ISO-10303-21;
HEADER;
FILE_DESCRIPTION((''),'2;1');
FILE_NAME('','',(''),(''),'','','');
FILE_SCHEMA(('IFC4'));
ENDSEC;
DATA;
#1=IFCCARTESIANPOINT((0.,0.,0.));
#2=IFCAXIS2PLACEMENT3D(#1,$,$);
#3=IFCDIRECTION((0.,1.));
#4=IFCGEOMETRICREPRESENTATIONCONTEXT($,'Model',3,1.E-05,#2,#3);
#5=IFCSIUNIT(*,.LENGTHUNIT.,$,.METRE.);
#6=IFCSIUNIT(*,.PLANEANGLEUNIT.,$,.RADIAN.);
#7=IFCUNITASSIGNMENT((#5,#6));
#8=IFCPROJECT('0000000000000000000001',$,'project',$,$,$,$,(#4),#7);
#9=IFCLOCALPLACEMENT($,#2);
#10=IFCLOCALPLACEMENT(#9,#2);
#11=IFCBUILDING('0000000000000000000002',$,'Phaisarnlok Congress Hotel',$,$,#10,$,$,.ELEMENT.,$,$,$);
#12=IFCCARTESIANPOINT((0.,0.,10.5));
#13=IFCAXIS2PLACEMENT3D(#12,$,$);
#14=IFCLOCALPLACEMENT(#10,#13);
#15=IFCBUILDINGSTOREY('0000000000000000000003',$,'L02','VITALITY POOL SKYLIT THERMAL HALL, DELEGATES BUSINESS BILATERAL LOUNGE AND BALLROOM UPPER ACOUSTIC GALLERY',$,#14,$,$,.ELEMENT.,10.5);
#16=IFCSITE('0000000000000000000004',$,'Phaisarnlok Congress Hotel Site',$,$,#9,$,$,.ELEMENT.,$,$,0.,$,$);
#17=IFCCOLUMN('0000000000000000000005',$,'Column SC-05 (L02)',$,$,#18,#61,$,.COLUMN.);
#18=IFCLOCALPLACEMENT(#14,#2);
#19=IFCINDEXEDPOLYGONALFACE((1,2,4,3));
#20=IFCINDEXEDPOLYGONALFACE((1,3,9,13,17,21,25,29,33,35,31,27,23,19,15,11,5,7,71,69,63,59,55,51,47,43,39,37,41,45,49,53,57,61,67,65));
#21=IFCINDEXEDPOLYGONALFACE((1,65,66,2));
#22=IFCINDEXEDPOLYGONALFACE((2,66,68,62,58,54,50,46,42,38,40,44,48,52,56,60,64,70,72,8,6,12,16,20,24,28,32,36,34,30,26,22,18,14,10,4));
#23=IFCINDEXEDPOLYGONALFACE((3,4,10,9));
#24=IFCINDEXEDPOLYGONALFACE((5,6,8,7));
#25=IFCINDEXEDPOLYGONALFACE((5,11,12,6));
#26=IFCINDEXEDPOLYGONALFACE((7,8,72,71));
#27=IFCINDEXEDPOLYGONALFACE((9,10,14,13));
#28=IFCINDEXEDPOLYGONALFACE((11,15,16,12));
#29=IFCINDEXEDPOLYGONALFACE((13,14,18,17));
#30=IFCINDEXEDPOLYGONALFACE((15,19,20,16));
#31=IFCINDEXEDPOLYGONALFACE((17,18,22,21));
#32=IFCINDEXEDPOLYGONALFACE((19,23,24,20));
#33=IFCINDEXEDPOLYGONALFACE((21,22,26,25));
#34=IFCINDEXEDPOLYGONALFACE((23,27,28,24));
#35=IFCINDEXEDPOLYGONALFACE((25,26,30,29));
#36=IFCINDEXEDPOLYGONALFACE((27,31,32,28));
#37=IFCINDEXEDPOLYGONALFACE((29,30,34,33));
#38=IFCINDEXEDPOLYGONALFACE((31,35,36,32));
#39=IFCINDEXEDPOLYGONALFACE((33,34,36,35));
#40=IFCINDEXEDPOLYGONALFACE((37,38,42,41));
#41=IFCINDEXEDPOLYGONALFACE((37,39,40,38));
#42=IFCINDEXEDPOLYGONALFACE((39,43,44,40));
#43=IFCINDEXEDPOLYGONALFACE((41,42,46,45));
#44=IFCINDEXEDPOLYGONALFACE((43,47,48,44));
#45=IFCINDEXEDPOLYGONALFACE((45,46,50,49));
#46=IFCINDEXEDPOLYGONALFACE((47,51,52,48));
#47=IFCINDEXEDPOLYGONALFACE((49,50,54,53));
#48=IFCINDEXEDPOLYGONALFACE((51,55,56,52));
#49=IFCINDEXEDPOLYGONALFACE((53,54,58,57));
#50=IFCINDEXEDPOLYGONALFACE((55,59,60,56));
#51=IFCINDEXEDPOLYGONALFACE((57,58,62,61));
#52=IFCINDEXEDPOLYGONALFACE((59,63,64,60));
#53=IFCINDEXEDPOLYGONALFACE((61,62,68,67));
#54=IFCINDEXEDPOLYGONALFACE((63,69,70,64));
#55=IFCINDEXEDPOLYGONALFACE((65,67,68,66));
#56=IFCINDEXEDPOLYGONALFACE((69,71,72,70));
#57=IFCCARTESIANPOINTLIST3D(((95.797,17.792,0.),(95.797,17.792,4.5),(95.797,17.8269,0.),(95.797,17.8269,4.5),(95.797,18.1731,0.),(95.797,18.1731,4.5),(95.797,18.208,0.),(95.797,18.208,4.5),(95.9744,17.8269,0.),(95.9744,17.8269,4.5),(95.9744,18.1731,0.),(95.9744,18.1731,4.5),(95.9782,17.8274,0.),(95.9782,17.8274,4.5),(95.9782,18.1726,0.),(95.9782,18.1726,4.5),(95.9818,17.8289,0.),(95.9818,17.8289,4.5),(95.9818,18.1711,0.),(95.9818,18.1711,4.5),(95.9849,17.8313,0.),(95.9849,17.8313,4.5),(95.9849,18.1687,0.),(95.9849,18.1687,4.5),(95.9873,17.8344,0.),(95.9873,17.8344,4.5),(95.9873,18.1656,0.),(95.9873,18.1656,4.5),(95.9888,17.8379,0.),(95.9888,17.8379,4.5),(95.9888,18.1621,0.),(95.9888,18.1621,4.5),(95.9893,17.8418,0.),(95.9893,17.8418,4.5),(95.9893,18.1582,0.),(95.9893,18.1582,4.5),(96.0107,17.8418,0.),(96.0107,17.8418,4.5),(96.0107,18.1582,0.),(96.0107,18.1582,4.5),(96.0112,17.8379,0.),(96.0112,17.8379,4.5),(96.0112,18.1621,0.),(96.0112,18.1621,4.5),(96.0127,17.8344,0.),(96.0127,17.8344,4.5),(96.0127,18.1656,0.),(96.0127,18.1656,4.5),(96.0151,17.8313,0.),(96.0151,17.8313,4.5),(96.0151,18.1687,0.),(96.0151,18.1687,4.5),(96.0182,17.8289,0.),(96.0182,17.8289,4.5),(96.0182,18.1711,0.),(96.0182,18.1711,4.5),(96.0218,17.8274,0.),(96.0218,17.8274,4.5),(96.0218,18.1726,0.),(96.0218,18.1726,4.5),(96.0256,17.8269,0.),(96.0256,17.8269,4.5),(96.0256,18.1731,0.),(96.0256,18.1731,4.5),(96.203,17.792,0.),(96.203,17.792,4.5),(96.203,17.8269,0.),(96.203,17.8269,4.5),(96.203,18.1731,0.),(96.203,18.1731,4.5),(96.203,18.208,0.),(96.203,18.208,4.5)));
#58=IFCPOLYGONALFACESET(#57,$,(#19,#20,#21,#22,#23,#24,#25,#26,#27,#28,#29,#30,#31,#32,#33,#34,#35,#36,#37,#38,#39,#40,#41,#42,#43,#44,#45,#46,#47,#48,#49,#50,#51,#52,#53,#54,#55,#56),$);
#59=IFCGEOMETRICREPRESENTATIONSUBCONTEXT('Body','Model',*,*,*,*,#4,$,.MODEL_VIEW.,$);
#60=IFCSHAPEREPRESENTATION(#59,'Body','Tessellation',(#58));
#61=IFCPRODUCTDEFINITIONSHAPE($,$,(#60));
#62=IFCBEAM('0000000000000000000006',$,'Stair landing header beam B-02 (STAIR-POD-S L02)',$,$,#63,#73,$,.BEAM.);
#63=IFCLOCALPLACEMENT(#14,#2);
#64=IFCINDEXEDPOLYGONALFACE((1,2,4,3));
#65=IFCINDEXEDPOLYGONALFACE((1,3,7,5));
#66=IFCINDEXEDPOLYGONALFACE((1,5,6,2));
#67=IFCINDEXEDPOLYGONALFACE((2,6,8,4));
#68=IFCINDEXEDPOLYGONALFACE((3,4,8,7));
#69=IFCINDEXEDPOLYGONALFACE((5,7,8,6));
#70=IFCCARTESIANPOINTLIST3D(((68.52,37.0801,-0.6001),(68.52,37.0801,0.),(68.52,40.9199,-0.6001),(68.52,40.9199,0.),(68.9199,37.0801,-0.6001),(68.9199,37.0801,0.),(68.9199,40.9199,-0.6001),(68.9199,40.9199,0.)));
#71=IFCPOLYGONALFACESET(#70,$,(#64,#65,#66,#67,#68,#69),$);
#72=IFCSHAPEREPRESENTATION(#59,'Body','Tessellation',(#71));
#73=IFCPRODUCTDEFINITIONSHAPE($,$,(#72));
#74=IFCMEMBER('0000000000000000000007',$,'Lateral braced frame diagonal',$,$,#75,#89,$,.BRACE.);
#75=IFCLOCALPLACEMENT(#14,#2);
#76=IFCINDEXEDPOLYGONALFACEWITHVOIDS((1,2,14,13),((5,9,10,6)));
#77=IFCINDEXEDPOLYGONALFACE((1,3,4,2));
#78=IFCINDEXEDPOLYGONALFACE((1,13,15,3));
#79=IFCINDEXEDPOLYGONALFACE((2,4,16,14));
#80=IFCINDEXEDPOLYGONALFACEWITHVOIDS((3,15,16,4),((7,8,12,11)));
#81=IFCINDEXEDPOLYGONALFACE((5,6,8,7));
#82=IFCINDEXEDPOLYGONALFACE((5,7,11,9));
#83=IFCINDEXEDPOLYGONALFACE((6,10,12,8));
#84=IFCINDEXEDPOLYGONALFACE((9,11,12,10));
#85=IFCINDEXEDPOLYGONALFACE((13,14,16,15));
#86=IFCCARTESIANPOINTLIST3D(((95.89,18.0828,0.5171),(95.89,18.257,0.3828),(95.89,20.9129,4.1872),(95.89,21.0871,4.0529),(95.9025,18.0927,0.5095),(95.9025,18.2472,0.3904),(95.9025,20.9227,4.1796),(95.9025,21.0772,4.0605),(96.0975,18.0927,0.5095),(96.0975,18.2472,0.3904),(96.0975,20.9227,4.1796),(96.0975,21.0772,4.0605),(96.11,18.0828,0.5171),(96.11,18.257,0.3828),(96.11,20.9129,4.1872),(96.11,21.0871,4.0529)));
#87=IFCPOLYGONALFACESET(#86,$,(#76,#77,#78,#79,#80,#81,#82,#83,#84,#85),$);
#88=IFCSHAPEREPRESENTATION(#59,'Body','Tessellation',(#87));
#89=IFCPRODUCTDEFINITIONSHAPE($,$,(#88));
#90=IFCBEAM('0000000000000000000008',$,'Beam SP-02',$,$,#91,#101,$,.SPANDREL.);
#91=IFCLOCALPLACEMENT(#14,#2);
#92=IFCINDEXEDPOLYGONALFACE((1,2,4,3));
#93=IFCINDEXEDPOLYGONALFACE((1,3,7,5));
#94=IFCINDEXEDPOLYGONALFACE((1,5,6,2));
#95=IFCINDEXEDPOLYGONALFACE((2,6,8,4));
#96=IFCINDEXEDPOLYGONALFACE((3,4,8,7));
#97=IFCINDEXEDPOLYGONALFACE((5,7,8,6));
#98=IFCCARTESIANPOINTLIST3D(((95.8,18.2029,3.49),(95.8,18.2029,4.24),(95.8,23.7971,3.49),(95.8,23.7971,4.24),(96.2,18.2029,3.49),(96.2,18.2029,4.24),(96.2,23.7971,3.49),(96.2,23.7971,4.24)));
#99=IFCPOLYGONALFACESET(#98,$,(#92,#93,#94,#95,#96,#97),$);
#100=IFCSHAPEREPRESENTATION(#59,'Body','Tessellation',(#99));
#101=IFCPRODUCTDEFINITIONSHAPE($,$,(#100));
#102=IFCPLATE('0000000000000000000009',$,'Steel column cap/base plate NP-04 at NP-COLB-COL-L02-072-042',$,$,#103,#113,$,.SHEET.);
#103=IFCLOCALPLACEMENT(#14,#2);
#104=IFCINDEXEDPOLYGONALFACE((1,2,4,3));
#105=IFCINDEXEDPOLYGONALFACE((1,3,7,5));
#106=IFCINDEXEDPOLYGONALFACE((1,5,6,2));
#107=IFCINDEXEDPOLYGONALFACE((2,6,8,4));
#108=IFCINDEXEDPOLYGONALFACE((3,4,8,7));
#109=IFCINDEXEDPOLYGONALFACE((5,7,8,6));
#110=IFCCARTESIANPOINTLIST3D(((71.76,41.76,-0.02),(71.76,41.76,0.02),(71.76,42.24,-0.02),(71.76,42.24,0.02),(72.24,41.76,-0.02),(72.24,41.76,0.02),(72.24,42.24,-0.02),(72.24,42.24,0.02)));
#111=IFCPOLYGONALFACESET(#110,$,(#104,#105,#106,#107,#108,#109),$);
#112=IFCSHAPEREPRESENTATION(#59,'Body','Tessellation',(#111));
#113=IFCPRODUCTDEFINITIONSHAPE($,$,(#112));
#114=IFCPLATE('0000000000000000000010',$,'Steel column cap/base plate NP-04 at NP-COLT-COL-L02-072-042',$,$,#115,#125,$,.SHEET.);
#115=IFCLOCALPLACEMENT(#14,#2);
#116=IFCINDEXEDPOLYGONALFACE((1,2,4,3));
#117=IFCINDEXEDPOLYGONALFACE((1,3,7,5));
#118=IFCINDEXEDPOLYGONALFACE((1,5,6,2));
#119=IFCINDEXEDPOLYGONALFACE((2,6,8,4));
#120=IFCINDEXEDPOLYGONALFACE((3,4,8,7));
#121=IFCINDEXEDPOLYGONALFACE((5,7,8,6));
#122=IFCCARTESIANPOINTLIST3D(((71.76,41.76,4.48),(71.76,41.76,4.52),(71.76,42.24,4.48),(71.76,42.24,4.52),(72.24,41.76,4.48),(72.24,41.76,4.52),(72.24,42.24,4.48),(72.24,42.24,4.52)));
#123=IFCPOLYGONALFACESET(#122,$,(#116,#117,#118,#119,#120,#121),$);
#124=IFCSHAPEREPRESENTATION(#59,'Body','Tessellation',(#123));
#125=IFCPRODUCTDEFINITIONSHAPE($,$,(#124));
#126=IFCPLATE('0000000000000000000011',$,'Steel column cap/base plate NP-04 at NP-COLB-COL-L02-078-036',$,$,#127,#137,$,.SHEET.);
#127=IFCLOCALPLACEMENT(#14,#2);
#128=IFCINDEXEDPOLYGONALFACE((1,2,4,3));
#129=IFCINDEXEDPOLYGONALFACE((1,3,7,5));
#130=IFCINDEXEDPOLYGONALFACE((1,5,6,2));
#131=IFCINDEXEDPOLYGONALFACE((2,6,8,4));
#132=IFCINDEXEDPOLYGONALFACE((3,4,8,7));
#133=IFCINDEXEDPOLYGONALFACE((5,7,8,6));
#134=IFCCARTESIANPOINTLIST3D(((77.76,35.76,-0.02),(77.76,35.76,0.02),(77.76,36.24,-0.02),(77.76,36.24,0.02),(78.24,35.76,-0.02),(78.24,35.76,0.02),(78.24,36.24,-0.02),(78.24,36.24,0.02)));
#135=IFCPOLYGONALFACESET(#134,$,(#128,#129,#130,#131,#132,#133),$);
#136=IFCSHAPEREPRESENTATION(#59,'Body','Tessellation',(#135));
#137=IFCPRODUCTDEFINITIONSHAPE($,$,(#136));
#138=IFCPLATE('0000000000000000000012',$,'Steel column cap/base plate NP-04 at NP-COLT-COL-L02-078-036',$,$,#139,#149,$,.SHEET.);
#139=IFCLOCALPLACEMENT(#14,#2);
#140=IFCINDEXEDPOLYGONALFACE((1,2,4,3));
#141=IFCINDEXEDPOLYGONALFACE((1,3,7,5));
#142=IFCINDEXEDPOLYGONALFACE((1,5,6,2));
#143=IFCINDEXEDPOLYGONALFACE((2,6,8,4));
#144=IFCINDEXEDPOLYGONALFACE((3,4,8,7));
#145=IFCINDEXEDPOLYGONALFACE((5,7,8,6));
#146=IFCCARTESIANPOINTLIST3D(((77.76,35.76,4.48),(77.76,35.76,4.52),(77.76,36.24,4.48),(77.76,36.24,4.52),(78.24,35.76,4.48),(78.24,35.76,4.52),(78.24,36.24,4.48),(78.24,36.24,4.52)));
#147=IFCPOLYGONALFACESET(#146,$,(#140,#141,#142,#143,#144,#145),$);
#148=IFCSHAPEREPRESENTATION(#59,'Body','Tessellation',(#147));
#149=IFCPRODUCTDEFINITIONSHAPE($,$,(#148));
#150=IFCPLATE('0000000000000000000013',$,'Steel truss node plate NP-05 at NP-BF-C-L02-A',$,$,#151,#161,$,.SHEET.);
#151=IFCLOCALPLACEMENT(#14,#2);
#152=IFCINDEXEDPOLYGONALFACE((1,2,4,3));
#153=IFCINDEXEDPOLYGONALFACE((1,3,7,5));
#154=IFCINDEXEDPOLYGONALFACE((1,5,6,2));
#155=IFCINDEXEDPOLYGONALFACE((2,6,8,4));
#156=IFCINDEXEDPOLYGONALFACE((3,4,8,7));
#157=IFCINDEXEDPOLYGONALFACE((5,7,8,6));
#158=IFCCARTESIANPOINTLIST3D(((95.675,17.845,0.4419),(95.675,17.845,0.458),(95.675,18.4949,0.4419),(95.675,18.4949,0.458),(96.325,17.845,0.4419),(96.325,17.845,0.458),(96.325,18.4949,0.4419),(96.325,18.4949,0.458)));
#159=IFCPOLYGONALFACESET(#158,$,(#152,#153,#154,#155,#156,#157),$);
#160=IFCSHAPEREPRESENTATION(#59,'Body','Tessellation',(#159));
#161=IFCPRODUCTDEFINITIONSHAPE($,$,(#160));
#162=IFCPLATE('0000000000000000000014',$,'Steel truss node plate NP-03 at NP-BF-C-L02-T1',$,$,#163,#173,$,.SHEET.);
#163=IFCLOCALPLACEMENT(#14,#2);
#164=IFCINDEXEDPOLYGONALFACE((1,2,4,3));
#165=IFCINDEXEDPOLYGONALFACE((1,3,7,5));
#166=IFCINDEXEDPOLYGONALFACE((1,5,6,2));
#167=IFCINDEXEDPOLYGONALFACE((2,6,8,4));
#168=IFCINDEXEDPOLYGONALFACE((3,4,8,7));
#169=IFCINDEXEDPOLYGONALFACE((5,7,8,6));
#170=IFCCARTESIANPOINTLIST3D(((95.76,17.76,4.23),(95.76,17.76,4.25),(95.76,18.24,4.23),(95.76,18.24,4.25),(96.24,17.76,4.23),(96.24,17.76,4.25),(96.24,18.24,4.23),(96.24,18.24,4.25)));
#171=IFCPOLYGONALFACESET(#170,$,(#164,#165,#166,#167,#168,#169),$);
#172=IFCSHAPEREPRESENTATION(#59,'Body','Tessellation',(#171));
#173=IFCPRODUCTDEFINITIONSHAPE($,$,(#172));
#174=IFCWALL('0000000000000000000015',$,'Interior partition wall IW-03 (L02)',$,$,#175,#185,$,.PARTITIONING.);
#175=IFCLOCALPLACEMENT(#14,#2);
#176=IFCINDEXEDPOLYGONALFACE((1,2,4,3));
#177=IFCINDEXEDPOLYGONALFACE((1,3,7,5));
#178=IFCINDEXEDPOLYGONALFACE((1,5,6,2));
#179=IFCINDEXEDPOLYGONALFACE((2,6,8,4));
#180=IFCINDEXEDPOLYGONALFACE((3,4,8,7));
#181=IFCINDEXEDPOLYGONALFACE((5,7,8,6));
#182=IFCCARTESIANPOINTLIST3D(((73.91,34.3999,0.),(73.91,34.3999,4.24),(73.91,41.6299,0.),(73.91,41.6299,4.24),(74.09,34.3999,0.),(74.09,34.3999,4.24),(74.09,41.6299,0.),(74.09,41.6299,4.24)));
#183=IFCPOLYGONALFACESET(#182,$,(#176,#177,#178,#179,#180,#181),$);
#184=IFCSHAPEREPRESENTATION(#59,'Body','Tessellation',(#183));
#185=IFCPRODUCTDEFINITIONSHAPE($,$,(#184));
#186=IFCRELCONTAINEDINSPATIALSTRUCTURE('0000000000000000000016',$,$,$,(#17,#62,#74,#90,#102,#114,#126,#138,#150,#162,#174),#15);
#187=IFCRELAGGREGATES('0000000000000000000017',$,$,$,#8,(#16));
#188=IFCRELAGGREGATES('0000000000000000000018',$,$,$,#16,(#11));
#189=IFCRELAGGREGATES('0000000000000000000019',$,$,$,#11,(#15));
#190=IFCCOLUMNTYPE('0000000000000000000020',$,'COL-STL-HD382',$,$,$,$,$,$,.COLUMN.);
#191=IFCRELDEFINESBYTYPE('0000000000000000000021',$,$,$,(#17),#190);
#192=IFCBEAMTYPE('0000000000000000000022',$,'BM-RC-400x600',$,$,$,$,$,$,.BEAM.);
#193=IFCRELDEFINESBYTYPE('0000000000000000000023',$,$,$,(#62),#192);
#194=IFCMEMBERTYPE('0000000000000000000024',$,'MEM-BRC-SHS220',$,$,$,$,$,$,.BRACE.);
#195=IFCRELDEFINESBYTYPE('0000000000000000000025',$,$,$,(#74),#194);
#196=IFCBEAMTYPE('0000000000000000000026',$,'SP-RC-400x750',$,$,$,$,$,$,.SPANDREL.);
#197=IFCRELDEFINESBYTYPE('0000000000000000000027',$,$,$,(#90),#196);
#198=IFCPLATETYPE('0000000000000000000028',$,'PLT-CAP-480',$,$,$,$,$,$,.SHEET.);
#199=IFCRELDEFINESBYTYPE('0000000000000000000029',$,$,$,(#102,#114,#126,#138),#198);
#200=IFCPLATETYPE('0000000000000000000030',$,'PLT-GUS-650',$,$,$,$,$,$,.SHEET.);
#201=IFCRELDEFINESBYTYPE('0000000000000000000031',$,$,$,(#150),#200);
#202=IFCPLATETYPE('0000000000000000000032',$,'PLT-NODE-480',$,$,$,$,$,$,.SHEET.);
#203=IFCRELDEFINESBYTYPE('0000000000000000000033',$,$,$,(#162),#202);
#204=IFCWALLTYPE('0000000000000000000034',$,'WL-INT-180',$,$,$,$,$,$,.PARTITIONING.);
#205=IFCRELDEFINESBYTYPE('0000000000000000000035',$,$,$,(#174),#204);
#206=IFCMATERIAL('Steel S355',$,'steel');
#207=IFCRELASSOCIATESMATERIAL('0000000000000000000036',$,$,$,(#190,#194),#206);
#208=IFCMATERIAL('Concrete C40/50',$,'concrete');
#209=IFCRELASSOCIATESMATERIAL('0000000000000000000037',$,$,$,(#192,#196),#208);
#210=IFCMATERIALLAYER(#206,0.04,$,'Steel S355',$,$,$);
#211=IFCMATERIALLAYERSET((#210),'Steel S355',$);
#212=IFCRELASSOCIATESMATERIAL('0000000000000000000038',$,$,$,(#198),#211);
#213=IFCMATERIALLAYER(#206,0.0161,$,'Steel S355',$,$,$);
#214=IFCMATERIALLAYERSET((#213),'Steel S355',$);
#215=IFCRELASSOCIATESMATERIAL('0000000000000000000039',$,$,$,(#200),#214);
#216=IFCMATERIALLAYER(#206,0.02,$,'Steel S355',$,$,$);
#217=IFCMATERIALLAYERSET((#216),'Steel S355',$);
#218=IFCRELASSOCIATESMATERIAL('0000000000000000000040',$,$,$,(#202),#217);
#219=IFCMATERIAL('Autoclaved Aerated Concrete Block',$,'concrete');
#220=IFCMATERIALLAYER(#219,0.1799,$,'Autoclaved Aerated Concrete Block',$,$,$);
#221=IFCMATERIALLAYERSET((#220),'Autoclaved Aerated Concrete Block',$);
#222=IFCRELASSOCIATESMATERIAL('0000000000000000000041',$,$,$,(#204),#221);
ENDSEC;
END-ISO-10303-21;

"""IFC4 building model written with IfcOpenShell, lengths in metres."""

from ifc_helpers import new_model, si_unit, direction, frame, frame_2d, origin, origin_2d, place, context, subcontext, project, spatial, rectangle, hollow_rectangle, i_section, extrude, material, layer, layer_set, material_profile, profile_set, type_object, element, save


model = new_model("IFC4")

# Units and contexts
model_context = context("Model", 3, precision=1e-05, world=origin(), true_north=direction((0.0, 1.0)))
body_context = subcontext(model_context, "Body", "Model", "MODEL_VIEW")
ifc_project = project(units=[si_unit("LENGTHUNIT", "METRE"), si_unit("PLANEANGLEUNIT", "RADIAN")], contexts=[model_context])

# Site, building, storey
site_placement = place(None, origin())
site = spatial("IfcSite", under=ifc_project, at=site_placement, Name="Phaisarnlok Congress Hotel Site", CompositionType="ELEMENT", RefElevation=0.0)
building_placement = place(site_placement, origin())
building = spatial("IfcBuilding", under=site, at=building_placement, Name="Phaisarnlok Congress Hotel", CompositionType="ELEMENT")
storey_placement = place(building_placement, frame((0.0, 0.0, 10.5)))
storey = spatial("IfcBuildingStorey", under=building, at=storey_placement, Name="L02", Description="VITALITY POOL SKYLIT THERMAL HALL, DELEGATES BUSINESS BILATERAL LOUNGE AND BALLROOM UPPER ACOUSTIC GALLERY", CompositionType="ELEMENT", Elevation=10.5)

# Column
ifc_material_1 = material(Name="Steel S355", Category="steel")
ifc_material_profile_1 = material_profile(ifc_material_1, i_section(OverallWidth=0.406, OverallDepth=0.416, WebThickness=0.0215, FlangeThickness=0.0349, FilletRadius=0.0149, at=origin_2d()), Name="HD 400x382")
ifc_profile_set_1 = profile_set([ifc_material_profile_1], Name="Steel S355")
column_type_1 = type_object("IfcColumnType", Name="COL-STL-HD382", PredefinedType="COLUMN", material=ifc_profile_set_1)
column_1_placement = place(storey_placement, frame((96.0, 18.0, 0.0), z_axis=(0.0, 0.0, 1.0), x_axis=(1.0, 0.0, 0.0)))
element("IfcColumn", 1, at=column_1_placement, inside=storey, type_object=column_type_1, Name="Column SC-05 (L02)", PredefinedType="COLUMN", context=body_context, shape_type="SweptSolid", body=[
    extrude(i_section(OverallWidth=0.406, OverallDepth=0.416, WebThickness=0.0215, FlangeThickness=0.0349, FilletRadius=0.0149, at=origin_2d()), origin(), (0.0, 0.0, 1.0), 4.5),
])

# Beam
ifc_material_2 = material(Name="Concrete C40/50", Category="concrete")
ifc_material_profile_2 = material_profile(ifc_material_2, rectangle(XDim=0.3999, YDim=0.6001, at=origin_2d()), Name="RC 400x600")
ifc_profile_set_2 = profile_set([ifc_material_profile_2], Name="Concrete C40/50")
beam_type_1 = type_object("IfcBeamType", Name="BM-RC-400x600", PredefinedType="BEAM", material=ifc_profile_set_2)
beam_1_placement = place(storey_placement, frame((68.72, 37.0801, -0.3), z_axis=(0.0, 1.0, 0.0), x_axis=(-1.0, 0.0, 0.0)))
element("IfcBeam", 2, at=beam_1_placement, inside=storey, type_object=beam_type_1, Name="Stair landing header beam B-02 (STAIR-POD-S L02)", PredefinedType="BEAM", context=body_context, shape_type="SweptSolid", body=[
    extrude(rectangle(XDim=0.3999, YDim=0.6001, at=origin_2d()), origin(), (0.0, 0.0, 1.0), 3.8398),
])

# Member
ifc_material_profile_3 = material_profile(ifc_material_1, hollow_rectangle(XDim=0.22, YDim=0.22, WallThickness=0.0125, at=origin_2d()), Name="SHS 220x220x12.5")
ifc_profile_set_3 = profile_set([ifc_material_profile_3], Name="Steel S355")
member_type = type_object("IfcMemberType", Name="MEM-BRC-SHS220", PredefinedType="BRACE", material=ifc_profile_set_3)
member_placement = place(storey_placement, frame((96.0, 18.1699, 0.45), z_axis=(0.0, 0.610642, 0.791907), x_axis=(-1.0, 0.0, 0.0)))
element("IfcMember", 3, at=member_placement, inside=storey, type_object=member_type, Name="Lateral braced frame diagonal", PredefinedType="BRACE", context=body_context, shape_type="SweptSolid", body=[
    extrude(hollow_rectangle(XDim=0.22, YDim=0.22, WallThickness=0.0125, at=origin_2d()), origin(), (0.0, 0.0, 1.0), 4.6345),
])

# Beam
ifc_material_profile_4 = material_profile(ifc_material_2, rectangle(XDim=0.3999, YDim=0.75, at=origin_2d()), Name="RC 400x750")
ifc_profile_set_4 = profile_set([ifc_material_profile_4], Name="Concrete C40/50")
beam_type_2 = type_object("IfcBeamType", Name="SP-RC-400x750", PredefinedType="SPANDREL", material=ifc_profile_set_4)
beam_2_placement = place(storey_placement, frame((96.0, 18.2029, 3.865), z_axis=(0.0, 1.0, 0.0), x_axis=(-1.0, 0.0, 0.0)))
element("IfcBeam", 4, at=beam_2_placement, inside=storey, type_object=beam_type_2, Name="Beam SP-02", PredefinedType="SPANDREL", context=body_context, shape_type="SweptSolid", body=[
    extrude(rectangle(XDim=0.3999, YDim=0.75, at=origin_2d()), origin(), (0.0, 0.0, 1.0), 5.5942),
])

# Plates
ifc_layer_1 = layer(ifc_material_1, 0.04, Name="Steel S355")
ifc_layer_set_1 = layer_set([ifc_layer_1], Name="Steel S355")
plate_type_1 = type_object("IfcPlateType", Name="PLT-CAP-480", PredefinedType="SHEET", material=ifc_layer_set_1)
for number, where, z_axis, x_axis, name in (
    (5, (72.0, 42.0, -0.02), (0.0, 0.0, 1.0), (1.0, 0.0, 0.0), "Steel column cap/base plate NP-04 at NP-COLB-COL-L02-072-042"),
    (6, (72.0, 42.0, 4.48), (0.0, 0.0, 1.0), (1.0, 0.0, 0.0), "Steel column cap/base plate NP-04 at NP-COLT-COL-L02-072-042"),
    (7, (78.0, 36.0, -0.02), (0.0, 0.0, 1.0), (1.0, 0.0, 0.0), "Steel column cap/base plate NP-04 at NP-COLB-COL-L02-078-036"),
    (8, (78.0, 36.0, 4.48), (0.0, 0.0, 1.0), (1.0, 0.0, 0.0), "Steel column cap/base plate NP-04 at NP-COLT-COL-L02-078-036"),
):
    element("IfcPlate", number, at=place(storey_placement, frame(where, z_axis=z_axis, x_axis=x_axis)), inside=storey, type_object=plate_type_1, Name=name, PredefinedType="SHEET", context=body_context, shape_type="SweptSolid", body=[
        extrude(rectangle(XDim=0.48, YDim=0.48, at=origin_2d()), origin(), (0.0, 0.0, 1.0), 0.04),
    ])
ifc_layer_2 = layer(ifc_material_1, 0.0161, Name="Steel S355")
ifc_layer_set_2 = layer_set([ifc_layer_2], Name="Steel S355")
plate_type_2 = type_object("IfcPlateType", Name="PLT-GUS-650", PredefinedType="SHEET", material=ifc_layer_set_2)
plate_1_placement = place(storey_placement, frame((96.0, 18.1699, 0.4419), z_axis=(0.0, 0.0, 1.0), x_axis=(1.0, 0.0, 0.0)))
element("IfcPlate", 9, at=plate_1_placement, inside=storey, type_object=plate_type_2, Name="Steel truss node plate NP-05 at NP-BF-C-L02-A", PredefinedType="SHEET", context=body_context, shape_type="SweptSolid", body=[
    extrude(rectangle(XDim=0.6499, YDim=0.6499, at=origin_2d()), origin(), (0.0, 0.0, 1.0), 0.0161),
])
ifc_layer_3 = layer(ifc_material_1, 0.02, Name="Steel S355")
ifc_layer_set_3 = layer_set([ifc_layer_3], Name="Steel S355")
plate_type_3 = type_object("IfcPlateType", Name="PLT-NODE-480", PredefinedType="SHEET", material=ifc_layer_set_3)
plate_2_placement = place(storey_placement, frame((96.0, 18.0, 4.23), z_axis=(0.0, 0.0, 1.0), x_axis=(1.0, 0.0, 0.0)))
element("IfcPlate", 10, at=plate_2_placement, inside=storey, type_object=plate_type_3, Name="Steel truss node plate NP-03 at NP-BF-C-L02-T1", PredefinedType="SHEET", context=body_context, shape_type="SweptSolid", body=[
    extrude(rectangle(XDim=0.48, YDim=0.48, at=origin_2d()), origin(), (0.0, 0.0, 1.0), 0.02),
])

# Wall
ifc_material_3 = material(Name="Autoclaved Aerated Concrete Block", Category="concrete")
ifc_layer_4 = layer(ifc_material_3, 0.1799, Name="Autoclaved Aerated Concrete Block")
ifc_layer_set_4 = layer_set([ifc_layer_4], Name="Autoclaved Aerated Concrete Block")
wall_type_1 = type_object("IfcWallType", Name="WL-INT-180", PredefinedType="PARTITIONING", material=ifc_layer_set_4)
for number, where, z_axis, x_axis, name in (
    (11, (74.0, 34.3999, 0.0), (0.0, 0.0, 1.0), (0.0, 1.0, 0.0), "Interior partition wall IW-03 (L02)"),
):
    element("IfcWall", number, at=place(storey_placement, frame(where, z_axis=z_axis, x_axis=x_axis)), inside=storey, type_object=wall_type_1, Name=name, PredefinedType="PARTITIONING", context=body_context, shape_type="SweptSolid", body=[
        extrude(rectangle(XDim=7.23, YDim=0.1799, at=frame_2d((3.615, 0.0))), origin(), (0.0, 0.0, 1.0), 4.24),
    ])

save(model, "model.ifc")
